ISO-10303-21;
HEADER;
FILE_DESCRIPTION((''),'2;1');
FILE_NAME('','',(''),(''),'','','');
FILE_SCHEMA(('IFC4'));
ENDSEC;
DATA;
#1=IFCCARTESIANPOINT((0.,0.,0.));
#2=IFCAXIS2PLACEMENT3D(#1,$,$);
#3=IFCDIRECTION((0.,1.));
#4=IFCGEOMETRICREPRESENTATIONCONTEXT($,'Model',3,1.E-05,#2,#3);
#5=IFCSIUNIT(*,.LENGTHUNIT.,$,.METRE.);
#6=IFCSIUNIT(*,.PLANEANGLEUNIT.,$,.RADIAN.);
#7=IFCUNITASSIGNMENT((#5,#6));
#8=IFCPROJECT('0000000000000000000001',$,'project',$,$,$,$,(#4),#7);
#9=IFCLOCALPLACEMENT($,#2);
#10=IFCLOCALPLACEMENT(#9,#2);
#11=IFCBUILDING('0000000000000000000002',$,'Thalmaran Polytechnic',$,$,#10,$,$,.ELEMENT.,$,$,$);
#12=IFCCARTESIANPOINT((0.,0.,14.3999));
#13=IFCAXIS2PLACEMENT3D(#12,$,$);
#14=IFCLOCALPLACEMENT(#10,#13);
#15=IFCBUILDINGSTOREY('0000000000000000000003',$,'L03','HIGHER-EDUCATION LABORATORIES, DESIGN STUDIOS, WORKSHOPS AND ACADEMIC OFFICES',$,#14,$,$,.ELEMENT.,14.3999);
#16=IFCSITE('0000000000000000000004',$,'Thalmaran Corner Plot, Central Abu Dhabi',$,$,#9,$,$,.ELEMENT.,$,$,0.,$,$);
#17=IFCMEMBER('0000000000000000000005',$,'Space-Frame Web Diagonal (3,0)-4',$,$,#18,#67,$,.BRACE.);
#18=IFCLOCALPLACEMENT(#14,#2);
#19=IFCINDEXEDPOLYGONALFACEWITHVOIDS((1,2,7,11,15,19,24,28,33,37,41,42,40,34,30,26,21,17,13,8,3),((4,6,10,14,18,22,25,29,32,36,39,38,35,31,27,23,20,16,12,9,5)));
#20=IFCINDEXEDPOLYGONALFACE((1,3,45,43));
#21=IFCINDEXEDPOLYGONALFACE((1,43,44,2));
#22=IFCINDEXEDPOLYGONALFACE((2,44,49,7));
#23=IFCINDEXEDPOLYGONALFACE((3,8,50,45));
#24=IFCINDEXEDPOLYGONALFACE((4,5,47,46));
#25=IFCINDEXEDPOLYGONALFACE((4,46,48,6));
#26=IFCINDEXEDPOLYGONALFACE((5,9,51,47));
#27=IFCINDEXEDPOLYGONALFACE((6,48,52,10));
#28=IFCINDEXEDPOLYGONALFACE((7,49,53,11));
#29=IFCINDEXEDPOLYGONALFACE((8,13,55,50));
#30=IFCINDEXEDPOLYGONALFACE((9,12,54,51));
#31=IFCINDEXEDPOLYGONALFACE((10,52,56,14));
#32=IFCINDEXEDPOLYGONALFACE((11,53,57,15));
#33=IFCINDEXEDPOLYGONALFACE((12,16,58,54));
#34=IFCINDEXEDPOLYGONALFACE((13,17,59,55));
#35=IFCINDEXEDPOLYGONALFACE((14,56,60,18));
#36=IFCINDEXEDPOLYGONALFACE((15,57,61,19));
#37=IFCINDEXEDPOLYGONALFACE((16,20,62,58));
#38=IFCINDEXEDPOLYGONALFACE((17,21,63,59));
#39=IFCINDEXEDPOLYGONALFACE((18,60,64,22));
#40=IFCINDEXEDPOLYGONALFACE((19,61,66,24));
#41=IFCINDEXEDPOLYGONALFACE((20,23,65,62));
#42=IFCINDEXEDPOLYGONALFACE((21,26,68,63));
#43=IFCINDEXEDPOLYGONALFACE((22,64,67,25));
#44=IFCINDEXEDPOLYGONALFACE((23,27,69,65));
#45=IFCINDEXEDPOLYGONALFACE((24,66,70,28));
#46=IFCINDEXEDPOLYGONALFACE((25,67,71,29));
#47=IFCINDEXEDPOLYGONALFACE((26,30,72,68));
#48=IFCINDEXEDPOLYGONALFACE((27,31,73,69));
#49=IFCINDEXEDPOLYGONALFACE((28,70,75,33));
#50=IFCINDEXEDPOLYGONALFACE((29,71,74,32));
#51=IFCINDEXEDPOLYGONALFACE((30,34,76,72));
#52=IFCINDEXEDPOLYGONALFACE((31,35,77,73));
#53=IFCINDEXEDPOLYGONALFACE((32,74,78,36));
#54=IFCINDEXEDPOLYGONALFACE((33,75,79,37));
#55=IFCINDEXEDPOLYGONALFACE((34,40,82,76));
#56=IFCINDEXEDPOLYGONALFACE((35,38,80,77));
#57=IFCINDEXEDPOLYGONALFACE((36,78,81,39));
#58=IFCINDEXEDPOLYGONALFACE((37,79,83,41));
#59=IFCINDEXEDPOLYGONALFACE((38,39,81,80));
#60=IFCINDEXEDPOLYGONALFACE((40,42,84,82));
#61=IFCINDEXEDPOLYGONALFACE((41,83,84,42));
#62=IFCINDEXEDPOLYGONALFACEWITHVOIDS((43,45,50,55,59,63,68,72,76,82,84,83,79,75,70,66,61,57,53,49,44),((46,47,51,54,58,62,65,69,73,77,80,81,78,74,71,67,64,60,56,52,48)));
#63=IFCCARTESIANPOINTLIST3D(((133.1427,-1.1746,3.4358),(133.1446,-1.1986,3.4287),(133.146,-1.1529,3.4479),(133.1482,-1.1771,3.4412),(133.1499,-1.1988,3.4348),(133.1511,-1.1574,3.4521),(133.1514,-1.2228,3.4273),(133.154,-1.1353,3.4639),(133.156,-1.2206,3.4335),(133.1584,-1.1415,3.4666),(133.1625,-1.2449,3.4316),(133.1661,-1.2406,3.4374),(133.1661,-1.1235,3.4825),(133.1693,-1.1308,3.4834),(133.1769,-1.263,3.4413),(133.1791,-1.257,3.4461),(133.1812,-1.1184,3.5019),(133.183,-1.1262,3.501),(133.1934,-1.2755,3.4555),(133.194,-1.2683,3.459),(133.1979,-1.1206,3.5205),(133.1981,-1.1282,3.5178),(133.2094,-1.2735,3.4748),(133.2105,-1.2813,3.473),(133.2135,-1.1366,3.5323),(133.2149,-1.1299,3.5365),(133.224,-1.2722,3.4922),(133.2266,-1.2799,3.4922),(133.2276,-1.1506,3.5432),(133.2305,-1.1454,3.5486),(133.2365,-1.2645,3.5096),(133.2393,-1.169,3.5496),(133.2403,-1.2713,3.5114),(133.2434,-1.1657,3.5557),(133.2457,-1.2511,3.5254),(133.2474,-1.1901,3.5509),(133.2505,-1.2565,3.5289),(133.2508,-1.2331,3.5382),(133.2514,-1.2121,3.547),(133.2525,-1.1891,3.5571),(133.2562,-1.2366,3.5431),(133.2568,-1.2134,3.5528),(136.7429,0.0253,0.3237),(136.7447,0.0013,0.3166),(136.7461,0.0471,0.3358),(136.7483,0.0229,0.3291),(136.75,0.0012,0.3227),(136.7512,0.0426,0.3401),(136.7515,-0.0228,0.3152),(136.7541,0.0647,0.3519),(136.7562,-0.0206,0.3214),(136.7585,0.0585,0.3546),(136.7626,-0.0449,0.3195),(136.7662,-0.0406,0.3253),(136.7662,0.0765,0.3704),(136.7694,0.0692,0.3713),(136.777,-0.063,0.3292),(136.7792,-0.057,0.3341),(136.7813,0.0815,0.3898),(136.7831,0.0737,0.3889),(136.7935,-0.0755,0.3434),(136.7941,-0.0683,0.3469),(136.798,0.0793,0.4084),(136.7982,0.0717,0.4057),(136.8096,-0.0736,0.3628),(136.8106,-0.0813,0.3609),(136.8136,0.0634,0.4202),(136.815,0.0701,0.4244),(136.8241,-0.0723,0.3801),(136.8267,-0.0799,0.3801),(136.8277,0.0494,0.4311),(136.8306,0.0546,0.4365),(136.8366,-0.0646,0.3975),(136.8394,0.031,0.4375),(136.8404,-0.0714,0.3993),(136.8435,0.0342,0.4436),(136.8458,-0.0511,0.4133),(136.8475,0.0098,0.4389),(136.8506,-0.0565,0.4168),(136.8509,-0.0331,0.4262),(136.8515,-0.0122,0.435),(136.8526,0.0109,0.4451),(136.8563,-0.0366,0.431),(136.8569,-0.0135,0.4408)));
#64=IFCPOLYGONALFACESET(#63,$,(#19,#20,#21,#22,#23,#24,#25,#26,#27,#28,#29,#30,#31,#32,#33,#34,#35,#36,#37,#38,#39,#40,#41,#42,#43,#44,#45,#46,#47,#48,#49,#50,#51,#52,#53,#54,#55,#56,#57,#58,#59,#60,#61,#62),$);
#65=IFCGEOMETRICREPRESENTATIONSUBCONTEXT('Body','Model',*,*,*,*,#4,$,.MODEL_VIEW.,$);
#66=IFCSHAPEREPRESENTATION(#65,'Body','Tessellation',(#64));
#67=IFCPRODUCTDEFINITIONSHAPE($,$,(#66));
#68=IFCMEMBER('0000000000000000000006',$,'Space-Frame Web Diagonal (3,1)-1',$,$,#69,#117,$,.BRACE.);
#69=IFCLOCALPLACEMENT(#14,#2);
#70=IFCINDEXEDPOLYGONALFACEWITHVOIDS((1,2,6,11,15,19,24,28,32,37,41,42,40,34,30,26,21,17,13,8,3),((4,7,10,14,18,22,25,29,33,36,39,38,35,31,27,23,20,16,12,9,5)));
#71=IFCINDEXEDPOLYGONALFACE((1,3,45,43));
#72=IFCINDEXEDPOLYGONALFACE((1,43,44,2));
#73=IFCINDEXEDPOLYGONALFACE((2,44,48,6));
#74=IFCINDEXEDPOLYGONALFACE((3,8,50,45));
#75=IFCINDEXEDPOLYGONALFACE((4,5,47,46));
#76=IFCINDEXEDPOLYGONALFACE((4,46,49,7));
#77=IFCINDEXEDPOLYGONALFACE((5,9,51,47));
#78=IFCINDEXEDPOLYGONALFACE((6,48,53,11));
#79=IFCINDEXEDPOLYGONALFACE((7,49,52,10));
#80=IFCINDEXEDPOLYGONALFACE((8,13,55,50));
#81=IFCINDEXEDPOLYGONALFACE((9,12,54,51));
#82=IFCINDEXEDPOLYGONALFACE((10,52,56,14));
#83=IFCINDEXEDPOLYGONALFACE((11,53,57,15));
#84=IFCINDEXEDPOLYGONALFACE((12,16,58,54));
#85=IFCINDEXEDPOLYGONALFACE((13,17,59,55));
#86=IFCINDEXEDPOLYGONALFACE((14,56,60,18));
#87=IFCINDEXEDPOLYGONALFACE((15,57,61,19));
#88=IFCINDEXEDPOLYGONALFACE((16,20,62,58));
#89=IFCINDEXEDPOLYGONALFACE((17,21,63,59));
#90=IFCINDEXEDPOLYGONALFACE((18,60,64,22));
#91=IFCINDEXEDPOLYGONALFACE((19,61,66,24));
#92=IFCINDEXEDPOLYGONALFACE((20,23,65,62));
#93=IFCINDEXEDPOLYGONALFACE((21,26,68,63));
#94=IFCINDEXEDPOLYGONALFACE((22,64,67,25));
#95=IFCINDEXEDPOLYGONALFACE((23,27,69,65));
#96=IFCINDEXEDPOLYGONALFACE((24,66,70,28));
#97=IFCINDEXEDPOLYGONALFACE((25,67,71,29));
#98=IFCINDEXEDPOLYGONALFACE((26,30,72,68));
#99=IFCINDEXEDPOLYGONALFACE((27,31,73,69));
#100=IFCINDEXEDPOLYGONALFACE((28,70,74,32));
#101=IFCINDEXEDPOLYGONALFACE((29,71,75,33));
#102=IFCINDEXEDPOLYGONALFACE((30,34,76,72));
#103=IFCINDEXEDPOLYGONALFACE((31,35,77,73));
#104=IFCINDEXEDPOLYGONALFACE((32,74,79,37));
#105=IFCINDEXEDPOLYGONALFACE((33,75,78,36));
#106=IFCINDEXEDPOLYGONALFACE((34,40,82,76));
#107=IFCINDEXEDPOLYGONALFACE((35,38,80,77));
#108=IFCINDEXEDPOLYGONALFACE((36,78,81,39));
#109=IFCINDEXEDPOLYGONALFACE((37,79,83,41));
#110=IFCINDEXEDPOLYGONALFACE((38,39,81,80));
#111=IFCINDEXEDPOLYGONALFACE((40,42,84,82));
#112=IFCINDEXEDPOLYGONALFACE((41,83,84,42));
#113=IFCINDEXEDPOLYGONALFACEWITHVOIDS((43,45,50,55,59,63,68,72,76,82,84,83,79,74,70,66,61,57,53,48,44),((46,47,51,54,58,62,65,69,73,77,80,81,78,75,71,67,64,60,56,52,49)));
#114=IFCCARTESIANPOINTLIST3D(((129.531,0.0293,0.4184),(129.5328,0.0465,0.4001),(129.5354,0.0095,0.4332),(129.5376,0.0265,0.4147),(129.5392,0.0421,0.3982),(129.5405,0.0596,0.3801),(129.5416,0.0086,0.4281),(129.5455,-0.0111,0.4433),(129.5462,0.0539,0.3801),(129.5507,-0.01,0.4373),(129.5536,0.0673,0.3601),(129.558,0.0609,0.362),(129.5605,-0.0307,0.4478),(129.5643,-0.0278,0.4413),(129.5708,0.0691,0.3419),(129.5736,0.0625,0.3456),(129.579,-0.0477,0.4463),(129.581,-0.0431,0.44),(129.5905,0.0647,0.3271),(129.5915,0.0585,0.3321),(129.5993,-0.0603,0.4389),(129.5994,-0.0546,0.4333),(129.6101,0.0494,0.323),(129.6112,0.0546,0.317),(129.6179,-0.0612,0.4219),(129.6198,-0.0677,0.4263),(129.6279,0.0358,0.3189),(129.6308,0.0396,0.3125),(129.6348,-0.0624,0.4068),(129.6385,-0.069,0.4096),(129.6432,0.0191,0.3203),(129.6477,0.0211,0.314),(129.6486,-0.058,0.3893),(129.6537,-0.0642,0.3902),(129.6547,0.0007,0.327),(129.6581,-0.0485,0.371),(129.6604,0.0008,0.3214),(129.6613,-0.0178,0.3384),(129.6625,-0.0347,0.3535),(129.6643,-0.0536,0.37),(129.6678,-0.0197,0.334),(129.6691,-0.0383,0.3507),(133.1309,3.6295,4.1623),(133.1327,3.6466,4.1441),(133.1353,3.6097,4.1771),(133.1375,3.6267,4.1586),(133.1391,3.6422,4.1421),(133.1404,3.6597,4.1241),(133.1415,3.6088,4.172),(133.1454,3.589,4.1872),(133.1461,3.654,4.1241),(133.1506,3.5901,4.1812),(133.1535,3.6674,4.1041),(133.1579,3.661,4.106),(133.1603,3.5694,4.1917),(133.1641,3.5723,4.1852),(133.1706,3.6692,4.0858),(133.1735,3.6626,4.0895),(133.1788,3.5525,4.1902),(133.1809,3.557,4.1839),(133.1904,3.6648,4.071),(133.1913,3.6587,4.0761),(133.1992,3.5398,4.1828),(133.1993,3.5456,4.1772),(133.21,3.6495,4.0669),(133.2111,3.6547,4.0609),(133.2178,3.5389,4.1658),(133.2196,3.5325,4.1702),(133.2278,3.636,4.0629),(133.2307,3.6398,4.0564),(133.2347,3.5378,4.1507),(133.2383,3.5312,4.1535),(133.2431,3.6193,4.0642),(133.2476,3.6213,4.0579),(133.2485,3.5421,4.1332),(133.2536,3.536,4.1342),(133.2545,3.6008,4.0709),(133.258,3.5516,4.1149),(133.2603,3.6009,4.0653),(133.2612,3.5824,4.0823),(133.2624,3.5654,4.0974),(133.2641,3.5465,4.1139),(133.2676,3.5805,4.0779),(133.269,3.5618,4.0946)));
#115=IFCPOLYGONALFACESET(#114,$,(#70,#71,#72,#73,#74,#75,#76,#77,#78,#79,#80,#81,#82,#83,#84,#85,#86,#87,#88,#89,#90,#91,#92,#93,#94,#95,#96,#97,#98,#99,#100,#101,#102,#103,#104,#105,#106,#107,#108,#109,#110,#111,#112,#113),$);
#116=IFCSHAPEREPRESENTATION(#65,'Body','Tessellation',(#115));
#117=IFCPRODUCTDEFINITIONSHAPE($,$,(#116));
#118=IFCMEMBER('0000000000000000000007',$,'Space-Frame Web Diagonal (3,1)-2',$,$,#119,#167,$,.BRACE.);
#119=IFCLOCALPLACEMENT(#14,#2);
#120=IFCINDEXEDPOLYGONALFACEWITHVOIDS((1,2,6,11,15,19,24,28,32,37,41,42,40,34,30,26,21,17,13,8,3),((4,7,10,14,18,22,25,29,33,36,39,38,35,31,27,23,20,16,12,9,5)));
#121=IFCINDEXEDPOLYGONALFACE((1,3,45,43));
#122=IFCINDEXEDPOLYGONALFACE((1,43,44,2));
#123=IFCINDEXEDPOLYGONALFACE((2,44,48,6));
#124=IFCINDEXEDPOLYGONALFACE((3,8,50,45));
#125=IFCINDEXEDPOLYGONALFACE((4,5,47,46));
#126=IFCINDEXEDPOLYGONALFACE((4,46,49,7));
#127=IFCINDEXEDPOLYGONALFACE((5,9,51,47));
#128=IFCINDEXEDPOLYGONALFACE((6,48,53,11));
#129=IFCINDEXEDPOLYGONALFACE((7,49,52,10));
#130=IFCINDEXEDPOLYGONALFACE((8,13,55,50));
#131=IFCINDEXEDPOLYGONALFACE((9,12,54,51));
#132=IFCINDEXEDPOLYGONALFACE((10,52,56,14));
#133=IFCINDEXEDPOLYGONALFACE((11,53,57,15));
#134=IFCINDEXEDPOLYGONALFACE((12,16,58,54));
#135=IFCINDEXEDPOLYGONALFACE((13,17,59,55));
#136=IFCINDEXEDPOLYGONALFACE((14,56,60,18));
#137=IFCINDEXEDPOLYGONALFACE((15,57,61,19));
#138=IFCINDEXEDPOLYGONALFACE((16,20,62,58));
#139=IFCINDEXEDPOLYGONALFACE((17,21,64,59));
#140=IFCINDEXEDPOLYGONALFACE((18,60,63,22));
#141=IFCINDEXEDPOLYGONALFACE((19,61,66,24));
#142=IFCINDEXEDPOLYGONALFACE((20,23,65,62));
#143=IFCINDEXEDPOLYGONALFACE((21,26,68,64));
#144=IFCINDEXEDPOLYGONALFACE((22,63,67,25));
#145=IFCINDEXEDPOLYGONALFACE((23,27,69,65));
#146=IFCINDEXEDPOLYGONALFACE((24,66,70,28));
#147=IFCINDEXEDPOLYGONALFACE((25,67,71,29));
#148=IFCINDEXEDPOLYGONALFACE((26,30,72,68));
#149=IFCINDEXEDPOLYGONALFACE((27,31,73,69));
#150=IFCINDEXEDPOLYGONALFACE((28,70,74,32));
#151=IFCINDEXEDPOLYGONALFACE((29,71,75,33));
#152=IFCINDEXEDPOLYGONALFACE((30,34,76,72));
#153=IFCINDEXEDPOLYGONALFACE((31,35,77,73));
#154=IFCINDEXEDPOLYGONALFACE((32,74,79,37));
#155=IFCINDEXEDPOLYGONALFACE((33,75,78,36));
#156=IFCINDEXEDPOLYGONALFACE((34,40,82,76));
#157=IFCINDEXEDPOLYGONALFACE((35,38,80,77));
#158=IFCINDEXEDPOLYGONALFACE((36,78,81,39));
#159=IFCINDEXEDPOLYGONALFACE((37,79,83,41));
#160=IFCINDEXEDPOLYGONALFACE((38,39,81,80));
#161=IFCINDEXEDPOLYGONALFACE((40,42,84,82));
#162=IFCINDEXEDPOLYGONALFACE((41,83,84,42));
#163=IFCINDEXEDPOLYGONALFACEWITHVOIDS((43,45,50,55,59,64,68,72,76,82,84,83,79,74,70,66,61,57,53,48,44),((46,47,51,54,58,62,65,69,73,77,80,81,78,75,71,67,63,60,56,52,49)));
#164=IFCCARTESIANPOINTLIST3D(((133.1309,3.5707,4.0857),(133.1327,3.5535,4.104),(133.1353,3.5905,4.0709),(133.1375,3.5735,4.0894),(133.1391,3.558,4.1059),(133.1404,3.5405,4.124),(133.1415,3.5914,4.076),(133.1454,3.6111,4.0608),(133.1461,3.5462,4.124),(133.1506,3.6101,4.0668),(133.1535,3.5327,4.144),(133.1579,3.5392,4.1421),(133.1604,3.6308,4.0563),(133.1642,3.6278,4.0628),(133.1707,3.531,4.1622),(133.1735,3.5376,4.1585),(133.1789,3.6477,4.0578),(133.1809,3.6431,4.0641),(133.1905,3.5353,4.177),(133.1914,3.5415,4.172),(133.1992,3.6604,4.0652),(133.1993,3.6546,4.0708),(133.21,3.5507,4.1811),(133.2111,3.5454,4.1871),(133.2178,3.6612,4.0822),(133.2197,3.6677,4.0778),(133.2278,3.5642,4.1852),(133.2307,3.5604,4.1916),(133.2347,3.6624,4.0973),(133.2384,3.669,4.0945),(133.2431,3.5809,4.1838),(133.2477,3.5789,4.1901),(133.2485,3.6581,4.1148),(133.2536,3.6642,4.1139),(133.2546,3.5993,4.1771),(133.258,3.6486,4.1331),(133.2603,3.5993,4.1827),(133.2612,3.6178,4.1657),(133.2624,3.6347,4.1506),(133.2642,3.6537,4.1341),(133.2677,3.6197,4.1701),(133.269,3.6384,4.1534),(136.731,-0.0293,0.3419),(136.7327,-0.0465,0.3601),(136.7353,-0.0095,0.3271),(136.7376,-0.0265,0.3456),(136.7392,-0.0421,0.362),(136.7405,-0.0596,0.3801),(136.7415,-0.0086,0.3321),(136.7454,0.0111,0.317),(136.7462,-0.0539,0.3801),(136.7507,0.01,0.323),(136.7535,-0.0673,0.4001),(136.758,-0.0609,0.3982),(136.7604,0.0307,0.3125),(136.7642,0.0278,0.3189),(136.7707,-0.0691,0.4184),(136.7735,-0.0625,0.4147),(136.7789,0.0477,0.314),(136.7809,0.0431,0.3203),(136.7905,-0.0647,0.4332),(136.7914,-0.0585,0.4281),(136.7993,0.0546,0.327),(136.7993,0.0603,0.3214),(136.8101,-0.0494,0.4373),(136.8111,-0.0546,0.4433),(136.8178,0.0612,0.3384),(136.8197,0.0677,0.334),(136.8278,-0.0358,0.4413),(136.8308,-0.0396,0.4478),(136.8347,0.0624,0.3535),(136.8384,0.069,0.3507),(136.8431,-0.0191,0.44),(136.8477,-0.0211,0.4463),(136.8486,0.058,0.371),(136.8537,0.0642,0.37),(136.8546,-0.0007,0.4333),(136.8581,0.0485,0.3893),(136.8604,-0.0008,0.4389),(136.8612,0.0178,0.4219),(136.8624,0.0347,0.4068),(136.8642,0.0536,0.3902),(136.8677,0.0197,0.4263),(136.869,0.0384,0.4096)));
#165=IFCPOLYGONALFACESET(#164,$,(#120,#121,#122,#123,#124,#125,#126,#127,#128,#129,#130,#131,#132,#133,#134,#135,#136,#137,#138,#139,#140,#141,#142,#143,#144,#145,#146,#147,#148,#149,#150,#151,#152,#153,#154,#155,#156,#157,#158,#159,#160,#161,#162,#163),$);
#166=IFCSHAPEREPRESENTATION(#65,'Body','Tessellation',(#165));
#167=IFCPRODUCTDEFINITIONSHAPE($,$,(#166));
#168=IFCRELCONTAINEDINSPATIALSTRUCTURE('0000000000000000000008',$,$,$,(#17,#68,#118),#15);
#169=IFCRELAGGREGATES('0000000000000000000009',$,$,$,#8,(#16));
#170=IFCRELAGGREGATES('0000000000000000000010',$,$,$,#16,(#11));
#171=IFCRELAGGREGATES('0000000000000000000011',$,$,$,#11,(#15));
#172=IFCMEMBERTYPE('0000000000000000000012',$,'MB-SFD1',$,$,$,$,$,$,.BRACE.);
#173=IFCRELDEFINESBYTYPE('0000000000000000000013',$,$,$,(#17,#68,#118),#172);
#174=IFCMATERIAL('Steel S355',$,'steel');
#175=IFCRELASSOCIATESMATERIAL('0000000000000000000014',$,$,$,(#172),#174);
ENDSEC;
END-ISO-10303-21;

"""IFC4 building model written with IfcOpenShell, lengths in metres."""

from ifc_helpers import new_model, si_unit, direction, frame, origin, origin_2d, place, context, subcontext, project, spatial, hollow_circle, extrude, material, material_profile, profile_set, type_object, element, save


model = new_model("IFC4")

# Units and contexts
model_context = context("Model", 3, precision=1e-05, world=origin(), true_north=direction((0.0, 1.0)))
body_context = subcontext(model_context, "Body", "Model", "MODEL_VIEW")
ifc_project = project(units=[si_unit("LENGTHUNIT", "METRE"), si_unit("PLANEANGLEUNIT", "RADIAN")], contexts=[model_context])

# Site, building, storey
site_placement = place(None, origin())
site = spatial("IfcSite", under=ifc_project, at=site_placement, Name="Thalmaran Corner Plot, Central Abu Dhabi", CompositionType="ELEMENT", RefElevation=0.0)
building_placement = place(site_placement, origin())
building = spatial("IfcBuilding", under=site, at=building_placement, Name="Thalmaran Polytechnic", CompositionType="ELEMENT")
storey_placement = place(building_placement, frame((0.0, 0.0, 14.3999)))
storey = spatial("IfcBuildingStorey", under=building, at=storey_placement, Name="L03", Description="HIGHER-EDUCATION LABORATORIES, DESIGN STUDIOS, WORKSHOPS AND ACADEMIC OFFICES", CompositionType="ELEMENT", Elevation=14.3999)

# Shared definitions
ifc_material_1 = material(Name="Steel S355", Category="steel")

# Members
ifc_material_profile_1 = material_profile(ifc_material_1, hollow_circle(Radius=0.0842, WallThickness=0.0081, at=origin_2d()), Name="CHS 168.3x8.0")
ifc_profile_set_1 = profile_set([ifc_material_profile_1], Name="Steel S355")
member_type_1 = type_object("IfcMemberType", Name="MB-SFD1", PredefinedType="BRACE", material=ifc_profile_set_1)
member_1_placement = place(storey_placement, frame((136.8, 0.0, 0.3801), z_axis=(-0.733561, -0.244504, 0.634118), x_axis=(0.316208, -0.94869, 0.0)))
element("IfcMember", 1, at=member_1_placement, inside=storey, type_object=member_type_1, Name="Space-Frame Web Diagonal (3,0)-4", PredefinedType="BRACE", context=body_context, shape_type="SweptSolid", body=[
    extrude(hollow_circle(Radius=0.0842, WallThickness=0.0081, at=origin_2d()), origin(), (0.0, 0.0, 1.0), 4.9077),
])
for number, where, z_axis, x_axis, name in (
    (2, (129.6001, 0.0, 0.3801), (0.56964, 0.569678, 0.592433), (-0.707131, 0.707083, 0.0), "Space-Frame Web Diagonal (3,1)-1"),
    (3, (136.8, 0.0, 0.3801), (-0.569666, 0.569666, 0.59242), (-0.707107, -0.707107, 0.0), "Space-Frame Web Diagonal (3,1)-2"),
):
    element("IfcMember", number, at=place(storey_placement, frame(where, z_axis=z_axis, x_axis=x_axis)), inside=storey, type_object=member_type_1, Name=name, PredefinedType="BRACE", context=body_context, shape_type="SweptSolid", body=[
        extrude(hollow_circle(Radius=0.0842, WallThickness=0.0081, at=origin_2d()), origin(), (0.0, 0.0, 1.0), 6.3196),
    ])

save(model, "model.ifc")
